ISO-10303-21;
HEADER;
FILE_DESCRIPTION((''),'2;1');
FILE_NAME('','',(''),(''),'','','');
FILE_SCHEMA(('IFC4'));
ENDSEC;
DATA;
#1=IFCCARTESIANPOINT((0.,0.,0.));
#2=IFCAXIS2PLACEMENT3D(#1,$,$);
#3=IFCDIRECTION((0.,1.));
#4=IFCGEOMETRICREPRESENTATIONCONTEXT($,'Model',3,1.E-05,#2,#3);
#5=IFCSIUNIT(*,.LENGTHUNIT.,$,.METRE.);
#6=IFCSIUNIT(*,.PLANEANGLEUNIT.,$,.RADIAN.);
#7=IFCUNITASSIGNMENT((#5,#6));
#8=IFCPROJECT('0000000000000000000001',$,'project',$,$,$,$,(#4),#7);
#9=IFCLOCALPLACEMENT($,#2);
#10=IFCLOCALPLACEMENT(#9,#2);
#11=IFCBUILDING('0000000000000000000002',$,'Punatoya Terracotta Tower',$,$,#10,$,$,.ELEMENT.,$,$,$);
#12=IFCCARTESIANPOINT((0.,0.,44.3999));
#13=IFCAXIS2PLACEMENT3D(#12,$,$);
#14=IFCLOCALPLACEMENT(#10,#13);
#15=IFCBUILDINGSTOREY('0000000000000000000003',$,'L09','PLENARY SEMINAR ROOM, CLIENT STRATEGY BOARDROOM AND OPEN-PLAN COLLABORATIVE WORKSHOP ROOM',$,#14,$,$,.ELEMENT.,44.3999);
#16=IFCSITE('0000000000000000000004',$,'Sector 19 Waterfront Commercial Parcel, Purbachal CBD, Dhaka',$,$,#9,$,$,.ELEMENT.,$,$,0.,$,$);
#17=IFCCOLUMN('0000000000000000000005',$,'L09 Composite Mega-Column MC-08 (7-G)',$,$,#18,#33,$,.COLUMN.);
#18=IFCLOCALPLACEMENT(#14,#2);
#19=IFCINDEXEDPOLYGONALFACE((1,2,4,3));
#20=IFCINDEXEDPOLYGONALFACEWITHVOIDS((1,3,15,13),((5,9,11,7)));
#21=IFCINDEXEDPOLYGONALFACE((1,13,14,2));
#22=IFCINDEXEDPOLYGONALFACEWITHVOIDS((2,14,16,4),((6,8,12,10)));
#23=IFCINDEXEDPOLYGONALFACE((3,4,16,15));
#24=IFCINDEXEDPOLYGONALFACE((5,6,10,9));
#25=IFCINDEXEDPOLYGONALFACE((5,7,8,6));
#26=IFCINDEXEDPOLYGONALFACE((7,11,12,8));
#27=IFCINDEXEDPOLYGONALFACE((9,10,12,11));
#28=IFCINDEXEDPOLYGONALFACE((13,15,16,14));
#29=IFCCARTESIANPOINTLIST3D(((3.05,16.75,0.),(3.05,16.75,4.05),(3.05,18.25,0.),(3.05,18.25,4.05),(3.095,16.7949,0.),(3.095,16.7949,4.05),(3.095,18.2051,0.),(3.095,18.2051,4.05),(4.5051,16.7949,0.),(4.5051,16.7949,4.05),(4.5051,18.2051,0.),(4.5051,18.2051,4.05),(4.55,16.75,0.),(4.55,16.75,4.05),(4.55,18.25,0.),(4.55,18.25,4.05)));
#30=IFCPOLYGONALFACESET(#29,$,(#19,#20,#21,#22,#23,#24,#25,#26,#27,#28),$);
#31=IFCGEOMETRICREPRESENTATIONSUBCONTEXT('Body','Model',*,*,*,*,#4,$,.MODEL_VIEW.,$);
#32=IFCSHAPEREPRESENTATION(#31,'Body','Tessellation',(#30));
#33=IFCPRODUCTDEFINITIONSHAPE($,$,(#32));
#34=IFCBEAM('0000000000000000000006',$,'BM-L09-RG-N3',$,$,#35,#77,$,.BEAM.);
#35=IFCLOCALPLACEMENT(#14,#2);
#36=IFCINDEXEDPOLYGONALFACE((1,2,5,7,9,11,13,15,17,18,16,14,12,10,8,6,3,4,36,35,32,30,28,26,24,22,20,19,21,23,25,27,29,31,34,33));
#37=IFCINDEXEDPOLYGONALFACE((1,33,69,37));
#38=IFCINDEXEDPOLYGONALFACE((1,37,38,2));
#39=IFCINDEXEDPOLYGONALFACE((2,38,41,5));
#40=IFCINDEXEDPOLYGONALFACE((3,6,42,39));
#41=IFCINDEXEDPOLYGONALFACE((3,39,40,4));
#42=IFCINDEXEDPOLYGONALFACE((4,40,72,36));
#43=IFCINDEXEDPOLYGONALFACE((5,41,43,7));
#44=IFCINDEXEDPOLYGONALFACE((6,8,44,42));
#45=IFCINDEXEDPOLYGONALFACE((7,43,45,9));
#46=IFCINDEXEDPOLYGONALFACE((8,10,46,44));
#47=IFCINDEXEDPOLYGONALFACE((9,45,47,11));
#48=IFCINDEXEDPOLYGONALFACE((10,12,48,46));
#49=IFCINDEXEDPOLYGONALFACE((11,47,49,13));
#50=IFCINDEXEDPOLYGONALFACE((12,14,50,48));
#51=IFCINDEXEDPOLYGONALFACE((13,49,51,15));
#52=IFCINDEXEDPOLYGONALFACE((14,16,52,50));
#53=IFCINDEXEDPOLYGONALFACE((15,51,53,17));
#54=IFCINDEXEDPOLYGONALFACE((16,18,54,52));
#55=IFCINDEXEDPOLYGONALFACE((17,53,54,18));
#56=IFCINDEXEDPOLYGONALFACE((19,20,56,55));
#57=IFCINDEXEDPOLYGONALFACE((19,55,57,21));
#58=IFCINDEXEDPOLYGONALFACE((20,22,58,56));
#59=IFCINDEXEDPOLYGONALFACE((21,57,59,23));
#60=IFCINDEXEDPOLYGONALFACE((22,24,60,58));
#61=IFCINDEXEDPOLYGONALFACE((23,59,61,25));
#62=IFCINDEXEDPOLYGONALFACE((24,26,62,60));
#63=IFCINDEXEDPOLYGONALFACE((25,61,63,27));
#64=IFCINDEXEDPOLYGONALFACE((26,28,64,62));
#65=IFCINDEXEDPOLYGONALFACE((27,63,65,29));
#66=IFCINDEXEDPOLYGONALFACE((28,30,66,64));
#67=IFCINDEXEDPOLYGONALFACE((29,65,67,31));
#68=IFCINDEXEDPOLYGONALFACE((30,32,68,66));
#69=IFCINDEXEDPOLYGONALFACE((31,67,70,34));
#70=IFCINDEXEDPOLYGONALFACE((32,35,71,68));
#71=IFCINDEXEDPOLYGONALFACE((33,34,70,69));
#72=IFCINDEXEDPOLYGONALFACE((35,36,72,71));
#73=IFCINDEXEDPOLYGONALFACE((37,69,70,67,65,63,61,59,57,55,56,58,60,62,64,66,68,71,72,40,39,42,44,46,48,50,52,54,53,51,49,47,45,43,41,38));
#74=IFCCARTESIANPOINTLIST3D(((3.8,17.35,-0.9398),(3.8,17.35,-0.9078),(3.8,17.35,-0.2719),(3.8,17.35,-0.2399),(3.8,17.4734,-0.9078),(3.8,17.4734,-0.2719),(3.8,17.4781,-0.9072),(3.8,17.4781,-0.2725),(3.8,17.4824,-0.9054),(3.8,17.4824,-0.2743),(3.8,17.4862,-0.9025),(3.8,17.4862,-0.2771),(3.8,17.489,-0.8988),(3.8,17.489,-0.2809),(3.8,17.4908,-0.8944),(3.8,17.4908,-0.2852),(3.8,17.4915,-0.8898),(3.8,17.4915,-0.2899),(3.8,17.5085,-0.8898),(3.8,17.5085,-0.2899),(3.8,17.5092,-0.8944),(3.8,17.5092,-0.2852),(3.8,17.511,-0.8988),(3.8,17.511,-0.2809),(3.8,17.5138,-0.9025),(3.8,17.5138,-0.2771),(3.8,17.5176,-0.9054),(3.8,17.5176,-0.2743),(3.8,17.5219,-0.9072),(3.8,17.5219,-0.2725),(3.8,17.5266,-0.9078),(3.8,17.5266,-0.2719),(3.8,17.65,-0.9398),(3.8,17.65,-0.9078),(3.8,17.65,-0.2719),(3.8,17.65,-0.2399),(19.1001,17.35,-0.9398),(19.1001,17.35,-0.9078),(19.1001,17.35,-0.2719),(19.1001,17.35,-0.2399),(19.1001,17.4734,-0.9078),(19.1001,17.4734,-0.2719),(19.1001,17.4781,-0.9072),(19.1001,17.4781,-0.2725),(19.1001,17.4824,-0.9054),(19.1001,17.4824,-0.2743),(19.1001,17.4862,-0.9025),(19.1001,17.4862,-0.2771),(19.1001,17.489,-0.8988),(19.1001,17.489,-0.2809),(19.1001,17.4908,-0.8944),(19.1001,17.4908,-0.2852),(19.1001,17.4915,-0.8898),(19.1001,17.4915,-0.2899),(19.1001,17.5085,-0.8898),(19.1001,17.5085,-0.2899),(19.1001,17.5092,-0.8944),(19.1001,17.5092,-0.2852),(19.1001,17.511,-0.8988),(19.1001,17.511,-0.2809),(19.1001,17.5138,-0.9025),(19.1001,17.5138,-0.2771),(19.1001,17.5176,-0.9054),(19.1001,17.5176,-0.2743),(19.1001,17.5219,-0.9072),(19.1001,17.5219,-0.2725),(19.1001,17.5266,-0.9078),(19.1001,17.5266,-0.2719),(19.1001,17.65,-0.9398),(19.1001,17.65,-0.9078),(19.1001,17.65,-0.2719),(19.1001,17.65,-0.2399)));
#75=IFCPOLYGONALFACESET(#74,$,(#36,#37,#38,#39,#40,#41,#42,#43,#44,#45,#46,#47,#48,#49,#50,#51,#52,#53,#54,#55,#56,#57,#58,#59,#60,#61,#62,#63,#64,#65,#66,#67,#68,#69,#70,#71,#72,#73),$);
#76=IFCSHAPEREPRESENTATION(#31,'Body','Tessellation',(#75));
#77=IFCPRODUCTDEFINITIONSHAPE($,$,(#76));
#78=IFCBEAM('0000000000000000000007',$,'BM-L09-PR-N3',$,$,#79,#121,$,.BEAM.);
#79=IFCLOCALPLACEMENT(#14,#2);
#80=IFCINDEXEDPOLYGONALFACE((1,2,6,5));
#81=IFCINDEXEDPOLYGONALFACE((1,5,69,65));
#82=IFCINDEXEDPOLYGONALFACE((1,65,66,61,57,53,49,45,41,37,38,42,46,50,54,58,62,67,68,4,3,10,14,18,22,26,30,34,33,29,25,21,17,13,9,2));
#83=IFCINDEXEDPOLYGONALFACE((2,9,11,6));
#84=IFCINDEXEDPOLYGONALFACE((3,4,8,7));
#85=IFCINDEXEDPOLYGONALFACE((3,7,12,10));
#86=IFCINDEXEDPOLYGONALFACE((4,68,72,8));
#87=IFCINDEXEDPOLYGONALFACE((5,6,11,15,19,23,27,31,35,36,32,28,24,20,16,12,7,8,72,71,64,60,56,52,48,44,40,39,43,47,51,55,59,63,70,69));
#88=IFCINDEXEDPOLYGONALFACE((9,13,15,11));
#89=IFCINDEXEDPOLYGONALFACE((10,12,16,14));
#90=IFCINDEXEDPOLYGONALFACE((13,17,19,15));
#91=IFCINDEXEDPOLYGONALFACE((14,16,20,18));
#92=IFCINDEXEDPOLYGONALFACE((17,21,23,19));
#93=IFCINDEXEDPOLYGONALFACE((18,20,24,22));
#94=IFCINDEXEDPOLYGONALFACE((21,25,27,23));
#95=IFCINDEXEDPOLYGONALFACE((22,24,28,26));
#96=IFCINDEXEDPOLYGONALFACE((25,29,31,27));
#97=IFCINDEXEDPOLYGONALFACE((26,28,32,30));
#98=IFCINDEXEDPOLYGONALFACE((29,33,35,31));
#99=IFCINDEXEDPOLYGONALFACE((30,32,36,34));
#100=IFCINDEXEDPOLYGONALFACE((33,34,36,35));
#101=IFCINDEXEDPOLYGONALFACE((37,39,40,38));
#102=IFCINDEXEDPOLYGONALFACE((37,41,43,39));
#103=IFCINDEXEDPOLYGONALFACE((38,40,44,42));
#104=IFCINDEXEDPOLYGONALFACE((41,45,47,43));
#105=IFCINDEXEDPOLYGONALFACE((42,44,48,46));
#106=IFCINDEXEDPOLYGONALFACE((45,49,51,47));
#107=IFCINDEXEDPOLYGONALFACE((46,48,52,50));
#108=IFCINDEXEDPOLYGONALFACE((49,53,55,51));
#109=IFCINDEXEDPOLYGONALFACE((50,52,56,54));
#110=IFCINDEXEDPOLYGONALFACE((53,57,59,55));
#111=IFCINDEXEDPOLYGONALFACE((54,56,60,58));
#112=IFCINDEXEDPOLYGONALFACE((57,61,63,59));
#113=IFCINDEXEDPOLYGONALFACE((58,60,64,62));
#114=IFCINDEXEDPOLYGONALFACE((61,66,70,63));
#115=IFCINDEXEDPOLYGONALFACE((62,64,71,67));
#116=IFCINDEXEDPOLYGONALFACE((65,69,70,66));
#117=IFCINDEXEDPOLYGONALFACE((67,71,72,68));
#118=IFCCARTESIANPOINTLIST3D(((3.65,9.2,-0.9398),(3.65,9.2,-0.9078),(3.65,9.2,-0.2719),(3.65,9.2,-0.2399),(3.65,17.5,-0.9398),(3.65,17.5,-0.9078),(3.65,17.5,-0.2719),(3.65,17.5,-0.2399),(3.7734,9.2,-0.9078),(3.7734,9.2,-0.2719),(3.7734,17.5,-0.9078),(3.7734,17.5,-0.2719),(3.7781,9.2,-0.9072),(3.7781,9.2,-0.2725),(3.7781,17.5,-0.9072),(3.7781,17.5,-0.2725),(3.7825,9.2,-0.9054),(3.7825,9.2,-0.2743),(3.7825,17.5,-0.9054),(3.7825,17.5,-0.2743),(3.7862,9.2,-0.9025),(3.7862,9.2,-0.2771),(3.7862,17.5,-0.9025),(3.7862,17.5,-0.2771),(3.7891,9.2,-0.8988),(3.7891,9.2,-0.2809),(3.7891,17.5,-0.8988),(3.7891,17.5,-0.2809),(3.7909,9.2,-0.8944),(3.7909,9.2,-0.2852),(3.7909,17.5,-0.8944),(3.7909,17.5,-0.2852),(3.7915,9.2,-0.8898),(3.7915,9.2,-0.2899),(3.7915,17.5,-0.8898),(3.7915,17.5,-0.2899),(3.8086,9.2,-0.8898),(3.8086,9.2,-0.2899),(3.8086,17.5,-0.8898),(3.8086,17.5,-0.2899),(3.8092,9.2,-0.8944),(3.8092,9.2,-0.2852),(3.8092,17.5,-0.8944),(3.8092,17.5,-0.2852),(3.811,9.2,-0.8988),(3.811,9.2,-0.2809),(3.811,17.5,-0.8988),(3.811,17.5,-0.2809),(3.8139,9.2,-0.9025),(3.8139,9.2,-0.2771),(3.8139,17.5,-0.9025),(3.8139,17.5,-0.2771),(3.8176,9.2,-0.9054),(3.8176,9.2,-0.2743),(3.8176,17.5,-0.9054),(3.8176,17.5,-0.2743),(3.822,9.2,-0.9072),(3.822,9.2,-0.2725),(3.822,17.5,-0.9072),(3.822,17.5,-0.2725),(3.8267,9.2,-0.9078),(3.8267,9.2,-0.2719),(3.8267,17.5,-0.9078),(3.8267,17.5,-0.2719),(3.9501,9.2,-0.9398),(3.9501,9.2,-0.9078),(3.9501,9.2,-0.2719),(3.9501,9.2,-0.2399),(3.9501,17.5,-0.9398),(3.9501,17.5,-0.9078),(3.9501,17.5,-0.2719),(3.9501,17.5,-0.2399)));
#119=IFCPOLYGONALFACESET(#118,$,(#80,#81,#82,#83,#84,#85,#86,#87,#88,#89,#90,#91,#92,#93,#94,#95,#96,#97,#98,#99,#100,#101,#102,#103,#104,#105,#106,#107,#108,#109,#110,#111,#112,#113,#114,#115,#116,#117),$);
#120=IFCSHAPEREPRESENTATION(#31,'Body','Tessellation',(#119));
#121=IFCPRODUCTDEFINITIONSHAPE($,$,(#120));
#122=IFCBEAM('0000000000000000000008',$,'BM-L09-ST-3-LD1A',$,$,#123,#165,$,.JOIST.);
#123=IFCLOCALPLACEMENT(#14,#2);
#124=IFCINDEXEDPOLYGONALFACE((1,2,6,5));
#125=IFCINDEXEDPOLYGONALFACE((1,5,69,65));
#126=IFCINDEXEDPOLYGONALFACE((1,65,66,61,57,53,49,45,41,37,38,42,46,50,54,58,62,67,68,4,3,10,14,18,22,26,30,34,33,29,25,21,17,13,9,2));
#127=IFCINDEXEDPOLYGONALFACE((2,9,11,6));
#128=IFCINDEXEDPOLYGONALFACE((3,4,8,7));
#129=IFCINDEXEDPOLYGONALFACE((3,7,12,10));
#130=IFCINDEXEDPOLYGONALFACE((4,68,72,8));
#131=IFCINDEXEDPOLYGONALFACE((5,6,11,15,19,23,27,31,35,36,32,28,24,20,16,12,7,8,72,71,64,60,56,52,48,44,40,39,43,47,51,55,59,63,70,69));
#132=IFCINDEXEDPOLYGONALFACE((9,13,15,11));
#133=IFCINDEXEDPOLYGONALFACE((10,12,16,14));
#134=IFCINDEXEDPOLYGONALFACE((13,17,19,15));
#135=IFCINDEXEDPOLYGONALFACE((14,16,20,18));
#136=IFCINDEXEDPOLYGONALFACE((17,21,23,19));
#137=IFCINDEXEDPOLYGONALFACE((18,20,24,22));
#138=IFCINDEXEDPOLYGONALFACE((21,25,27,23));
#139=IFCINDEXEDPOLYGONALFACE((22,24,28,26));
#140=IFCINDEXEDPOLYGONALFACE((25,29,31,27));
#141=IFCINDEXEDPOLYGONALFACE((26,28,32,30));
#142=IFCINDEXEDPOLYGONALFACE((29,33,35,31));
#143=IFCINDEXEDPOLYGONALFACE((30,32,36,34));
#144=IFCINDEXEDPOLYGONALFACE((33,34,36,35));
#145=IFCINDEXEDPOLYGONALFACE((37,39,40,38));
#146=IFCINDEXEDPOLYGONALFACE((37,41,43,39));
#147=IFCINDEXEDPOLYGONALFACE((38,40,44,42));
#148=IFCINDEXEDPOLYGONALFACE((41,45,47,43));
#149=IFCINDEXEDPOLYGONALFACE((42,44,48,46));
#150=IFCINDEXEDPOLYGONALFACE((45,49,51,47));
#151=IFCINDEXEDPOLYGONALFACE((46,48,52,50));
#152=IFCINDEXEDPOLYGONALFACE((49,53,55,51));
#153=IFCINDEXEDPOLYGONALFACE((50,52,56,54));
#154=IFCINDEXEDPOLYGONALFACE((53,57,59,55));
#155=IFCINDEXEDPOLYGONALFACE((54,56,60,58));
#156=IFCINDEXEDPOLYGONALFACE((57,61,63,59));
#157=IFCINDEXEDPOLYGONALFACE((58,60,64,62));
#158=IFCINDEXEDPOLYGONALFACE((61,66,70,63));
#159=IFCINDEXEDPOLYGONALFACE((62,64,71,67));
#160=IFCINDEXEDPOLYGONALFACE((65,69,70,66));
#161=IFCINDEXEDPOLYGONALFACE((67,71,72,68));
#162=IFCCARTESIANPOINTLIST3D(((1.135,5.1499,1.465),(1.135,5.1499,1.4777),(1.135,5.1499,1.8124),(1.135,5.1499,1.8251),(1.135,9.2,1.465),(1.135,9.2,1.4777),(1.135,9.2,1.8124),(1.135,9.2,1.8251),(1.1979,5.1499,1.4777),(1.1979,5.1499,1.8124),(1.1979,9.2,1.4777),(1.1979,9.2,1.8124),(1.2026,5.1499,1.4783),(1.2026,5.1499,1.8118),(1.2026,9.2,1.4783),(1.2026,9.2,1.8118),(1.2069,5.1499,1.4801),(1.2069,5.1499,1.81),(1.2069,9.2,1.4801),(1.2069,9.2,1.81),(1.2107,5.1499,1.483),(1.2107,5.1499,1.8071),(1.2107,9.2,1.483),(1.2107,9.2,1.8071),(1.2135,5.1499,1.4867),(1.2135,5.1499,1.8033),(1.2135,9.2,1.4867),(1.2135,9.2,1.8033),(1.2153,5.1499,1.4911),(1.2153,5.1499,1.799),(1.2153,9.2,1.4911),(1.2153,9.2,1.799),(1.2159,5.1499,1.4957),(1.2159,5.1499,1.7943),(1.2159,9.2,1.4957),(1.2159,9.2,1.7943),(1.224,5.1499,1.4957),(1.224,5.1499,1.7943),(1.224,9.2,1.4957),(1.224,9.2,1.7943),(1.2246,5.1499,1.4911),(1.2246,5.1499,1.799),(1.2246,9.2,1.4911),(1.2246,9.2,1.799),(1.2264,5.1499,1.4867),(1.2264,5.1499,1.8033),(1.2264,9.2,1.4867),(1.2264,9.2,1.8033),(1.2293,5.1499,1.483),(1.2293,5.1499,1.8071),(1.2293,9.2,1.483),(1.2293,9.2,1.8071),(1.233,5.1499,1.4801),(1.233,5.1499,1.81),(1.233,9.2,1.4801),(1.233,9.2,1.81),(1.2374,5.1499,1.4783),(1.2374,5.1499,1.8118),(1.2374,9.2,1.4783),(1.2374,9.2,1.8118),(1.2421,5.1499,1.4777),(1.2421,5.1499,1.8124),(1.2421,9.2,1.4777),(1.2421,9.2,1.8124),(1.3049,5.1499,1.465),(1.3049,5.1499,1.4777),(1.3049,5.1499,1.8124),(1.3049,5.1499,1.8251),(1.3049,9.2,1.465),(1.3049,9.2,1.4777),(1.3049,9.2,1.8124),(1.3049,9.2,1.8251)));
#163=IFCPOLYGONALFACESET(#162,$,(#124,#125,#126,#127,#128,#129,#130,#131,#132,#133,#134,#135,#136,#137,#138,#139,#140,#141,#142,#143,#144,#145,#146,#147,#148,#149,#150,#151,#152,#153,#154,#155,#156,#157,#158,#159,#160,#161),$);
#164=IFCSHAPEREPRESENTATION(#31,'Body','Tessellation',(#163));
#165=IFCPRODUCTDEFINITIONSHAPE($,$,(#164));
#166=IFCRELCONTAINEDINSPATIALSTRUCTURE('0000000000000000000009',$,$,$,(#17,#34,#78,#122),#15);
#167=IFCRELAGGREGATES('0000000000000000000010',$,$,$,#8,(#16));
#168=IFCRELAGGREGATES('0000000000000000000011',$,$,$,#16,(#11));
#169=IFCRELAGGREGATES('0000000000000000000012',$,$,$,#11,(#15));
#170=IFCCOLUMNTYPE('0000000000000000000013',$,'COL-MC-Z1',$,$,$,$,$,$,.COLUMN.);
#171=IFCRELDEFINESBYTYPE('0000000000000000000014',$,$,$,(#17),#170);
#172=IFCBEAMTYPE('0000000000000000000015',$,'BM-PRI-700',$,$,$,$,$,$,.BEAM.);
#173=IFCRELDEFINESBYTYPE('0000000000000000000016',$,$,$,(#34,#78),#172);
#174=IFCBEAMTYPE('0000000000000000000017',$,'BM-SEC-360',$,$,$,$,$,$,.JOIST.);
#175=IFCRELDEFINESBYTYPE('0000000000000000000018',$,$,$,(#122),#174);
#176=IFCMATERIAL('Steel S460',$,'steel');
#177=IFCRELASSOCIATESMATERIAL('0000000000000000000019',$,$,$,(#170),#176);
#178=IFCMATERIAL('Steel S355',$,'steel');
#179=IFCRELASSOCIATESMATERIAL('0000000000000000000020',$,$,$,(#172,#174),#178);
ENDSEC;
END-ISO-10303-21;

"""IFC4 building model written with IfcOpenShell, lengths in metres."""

from ifc_helpers import new_model, si_unit, direction, frame, origin, origin_2d, place, context, subcontext, project, spatial, hollow_rectangle, i_section, extrude, material, material_profile, profile_set, type_object, element, save


model = new_model("IFC4")

# Units and contexts
model_context = context("Model", 3, precision=1e-05, world=origin(), true_north=direction((0.0, 1.0)))
body_context = subcontext(model_context, "Body", "Model", "MODEL_VIEW")
ifc_project = project(units=[si_unit("LENGTHUNIT", "METRE"), si_unit("PLANEANGLEUNIT", "RADIAN")], contexts=[model_context])

# Site, building, storey
site_placement = place(None, origin())
site = spatial("IfcSite", under=ifc_project, at=site_placement, Name="Sector 19 Waterfront Commercial Parcel, Purbachal CBD, Dhaka", CompositionType="ELEMENT", RefElevation=0.0)
building_placement = place(site_placement, origin())
building = spatial("IfcBuilding", under=site, at=building_placement, Name="Punatoya Terracotta Tower", CompositionType="ELEMENT")
storey_placement = place(building_placement, frame((0.0, 0.0, 44.3999)))
storey = spatial("IfcBuildingStorey", under=building, at=storey_placement, Name="L09", Description="PLENARY SEMINAR ROOM, CLIENT STRATEGY BOARDROOM AND OPEN-PLAN COLLABORATIVE WORKSHOP ROOM", CompositionType="ELEMENT", Elevation=44.3999)

# Column
ifc_material_1 = material(Name="Steel S460", Category="steel")
ifc_material_profile_1 = material_profile(ifc_material_1, hollow_rectangle(XDim=1.5, YDim=1.5, WallThickness=0.0449, at=origin_2d()))
ifc_profile_set_1 = profile_set([ifc_material_profile_1], Name="Steel S460")
column_type = type_object("IfcColumnType", Name="COL-MC-Z1", PredefinedType="COLUMN", material=ifc_profile_set_1)
column_placement = place(storey_placement, frame((3.8, 17.5, 0.0), z_axis=(0.0, 0.0, 1.0), x_axis=(1.0, 0.0, 0.0)))
element("IfcColumn", 1, at=column_placement, inside=storey, type_object=column_type, Name="L09 Composite Mega-Column MC-08 (7-G)", PredefinedType="COLUMN", context=body_context, shape_type="SweptSolid", body=[
    extrude(hollow_rectangle(XDim=1.5, YDim=1.5, WallThickness=0.0449, at=origin_2d()), origin(), (0.0, 0.0, 1.0), 4.05),
])

# Beams
ifc_material_2 = material(Name="Steel S355", Category="steel")
ifc_material_profile_2 = material_profile(ifc_material_2, i_section(OverallWidth=0.3, OverallDepth=0.7, WebThickness=0.0171, FlangeThickness=0.032, FilletRadius=0.0181, at=origin_2d()))
ifc_profile_set_2 = profile_set([ifc_material_profile_2], Name="Steel S355")
beam_type_1 = type_object("IfcBeamType", Name="BM-PRI-700", PredefinedType="BEAM", material=ifc_profile_set_2)
beam_1_placement = place(storey_placement, frame((3.8, 17.5, -0.5898), z_axis=(1.0, 0.0, 0.0), x_axis=(0.0, 1.0, 0.0)))
element("IfcBeam", 2, at=beam_1_placement, inside=storey, type_object=beam_type_1, Name="BM-L09-RG-N3", PredefinedType="BEAM", context=body_context, shape_type="SweptSolid", body=[
    extrude(i_section(OverallWidth=0.3, OverallDepth=0.7, WebThickness=0.0171, FlangeThickness=0.032, FilletRadius=0.0181, at=origin_2d()), origin(), (0.0, 0.0, 1.0), 15.3),
])
beam_2_placement = place(storey_placement, frame((3.8, 9.2, -0.5898), z_axis=(0.0, 1.0, 0.0), x_axis=(-1.0, 0.0, 0.0)))
element("IfcBeam", 3, at=beam_2_placement, inside=storey, type_object=beam_type_1, Name="BM-L09-PR-N3", PredefinedType="BEAM", context=body_context, shape_type="SweptSolid", body=[
    extrude(i_section(OverallWidth=0.3, OverallDepth=0.7, WebThickness=0.0171, FlangeThickness=0.032, FilletRadius=0.0181, at=origin_2d()), origin(), (0.0, 0.0, 1.0), 8.3),
])
ifc_material_profile_3 = material_profile(ifc_material_2, i_section(OverallWidth=0.1699, OverallDepth=0.3601, WebThickness=0.0081, FlangeThickness=0.0127, FilletRadius=0.0181, at=origin_2d()))
ifc_profile_set_3 = profile_set([ifc_material_profile_3], Name="Steel S355")
beam_type_2 = type_object("IfcBeamType", Name="BM-SEC-360", PredefinedType="JOIST", material=ifc_profile_set_3)
for number, where, z_axis, x_axis, name in (
    (4, (1.22, 5.1499, 1.645), (0.0, 1.0, 0.0), (-1.0, 0.0, 0.0), "BM-L09-ST-3-LD1A"),
):
    element("IfcBeam", number, at=place(storey_placement, frame(where, z_axis=z_axis, x_axis=x_axis)), inside=storey, type_object=beam_type_2, Name=name, PredefinedType="JOIST", context=body_context, shape_type="SweptSolid", body=[
        extrude(i_section(OverallWidth=0.1699, OverallDepth=0.3601, WebThickness=0.0081, FlangeThickness=0.0127, FilletRadius=0.0181, at=origin_2d()), origin(), (0.0, 0.0, 1.0), 4.05),
    ])

save(model, "model.ifc")
